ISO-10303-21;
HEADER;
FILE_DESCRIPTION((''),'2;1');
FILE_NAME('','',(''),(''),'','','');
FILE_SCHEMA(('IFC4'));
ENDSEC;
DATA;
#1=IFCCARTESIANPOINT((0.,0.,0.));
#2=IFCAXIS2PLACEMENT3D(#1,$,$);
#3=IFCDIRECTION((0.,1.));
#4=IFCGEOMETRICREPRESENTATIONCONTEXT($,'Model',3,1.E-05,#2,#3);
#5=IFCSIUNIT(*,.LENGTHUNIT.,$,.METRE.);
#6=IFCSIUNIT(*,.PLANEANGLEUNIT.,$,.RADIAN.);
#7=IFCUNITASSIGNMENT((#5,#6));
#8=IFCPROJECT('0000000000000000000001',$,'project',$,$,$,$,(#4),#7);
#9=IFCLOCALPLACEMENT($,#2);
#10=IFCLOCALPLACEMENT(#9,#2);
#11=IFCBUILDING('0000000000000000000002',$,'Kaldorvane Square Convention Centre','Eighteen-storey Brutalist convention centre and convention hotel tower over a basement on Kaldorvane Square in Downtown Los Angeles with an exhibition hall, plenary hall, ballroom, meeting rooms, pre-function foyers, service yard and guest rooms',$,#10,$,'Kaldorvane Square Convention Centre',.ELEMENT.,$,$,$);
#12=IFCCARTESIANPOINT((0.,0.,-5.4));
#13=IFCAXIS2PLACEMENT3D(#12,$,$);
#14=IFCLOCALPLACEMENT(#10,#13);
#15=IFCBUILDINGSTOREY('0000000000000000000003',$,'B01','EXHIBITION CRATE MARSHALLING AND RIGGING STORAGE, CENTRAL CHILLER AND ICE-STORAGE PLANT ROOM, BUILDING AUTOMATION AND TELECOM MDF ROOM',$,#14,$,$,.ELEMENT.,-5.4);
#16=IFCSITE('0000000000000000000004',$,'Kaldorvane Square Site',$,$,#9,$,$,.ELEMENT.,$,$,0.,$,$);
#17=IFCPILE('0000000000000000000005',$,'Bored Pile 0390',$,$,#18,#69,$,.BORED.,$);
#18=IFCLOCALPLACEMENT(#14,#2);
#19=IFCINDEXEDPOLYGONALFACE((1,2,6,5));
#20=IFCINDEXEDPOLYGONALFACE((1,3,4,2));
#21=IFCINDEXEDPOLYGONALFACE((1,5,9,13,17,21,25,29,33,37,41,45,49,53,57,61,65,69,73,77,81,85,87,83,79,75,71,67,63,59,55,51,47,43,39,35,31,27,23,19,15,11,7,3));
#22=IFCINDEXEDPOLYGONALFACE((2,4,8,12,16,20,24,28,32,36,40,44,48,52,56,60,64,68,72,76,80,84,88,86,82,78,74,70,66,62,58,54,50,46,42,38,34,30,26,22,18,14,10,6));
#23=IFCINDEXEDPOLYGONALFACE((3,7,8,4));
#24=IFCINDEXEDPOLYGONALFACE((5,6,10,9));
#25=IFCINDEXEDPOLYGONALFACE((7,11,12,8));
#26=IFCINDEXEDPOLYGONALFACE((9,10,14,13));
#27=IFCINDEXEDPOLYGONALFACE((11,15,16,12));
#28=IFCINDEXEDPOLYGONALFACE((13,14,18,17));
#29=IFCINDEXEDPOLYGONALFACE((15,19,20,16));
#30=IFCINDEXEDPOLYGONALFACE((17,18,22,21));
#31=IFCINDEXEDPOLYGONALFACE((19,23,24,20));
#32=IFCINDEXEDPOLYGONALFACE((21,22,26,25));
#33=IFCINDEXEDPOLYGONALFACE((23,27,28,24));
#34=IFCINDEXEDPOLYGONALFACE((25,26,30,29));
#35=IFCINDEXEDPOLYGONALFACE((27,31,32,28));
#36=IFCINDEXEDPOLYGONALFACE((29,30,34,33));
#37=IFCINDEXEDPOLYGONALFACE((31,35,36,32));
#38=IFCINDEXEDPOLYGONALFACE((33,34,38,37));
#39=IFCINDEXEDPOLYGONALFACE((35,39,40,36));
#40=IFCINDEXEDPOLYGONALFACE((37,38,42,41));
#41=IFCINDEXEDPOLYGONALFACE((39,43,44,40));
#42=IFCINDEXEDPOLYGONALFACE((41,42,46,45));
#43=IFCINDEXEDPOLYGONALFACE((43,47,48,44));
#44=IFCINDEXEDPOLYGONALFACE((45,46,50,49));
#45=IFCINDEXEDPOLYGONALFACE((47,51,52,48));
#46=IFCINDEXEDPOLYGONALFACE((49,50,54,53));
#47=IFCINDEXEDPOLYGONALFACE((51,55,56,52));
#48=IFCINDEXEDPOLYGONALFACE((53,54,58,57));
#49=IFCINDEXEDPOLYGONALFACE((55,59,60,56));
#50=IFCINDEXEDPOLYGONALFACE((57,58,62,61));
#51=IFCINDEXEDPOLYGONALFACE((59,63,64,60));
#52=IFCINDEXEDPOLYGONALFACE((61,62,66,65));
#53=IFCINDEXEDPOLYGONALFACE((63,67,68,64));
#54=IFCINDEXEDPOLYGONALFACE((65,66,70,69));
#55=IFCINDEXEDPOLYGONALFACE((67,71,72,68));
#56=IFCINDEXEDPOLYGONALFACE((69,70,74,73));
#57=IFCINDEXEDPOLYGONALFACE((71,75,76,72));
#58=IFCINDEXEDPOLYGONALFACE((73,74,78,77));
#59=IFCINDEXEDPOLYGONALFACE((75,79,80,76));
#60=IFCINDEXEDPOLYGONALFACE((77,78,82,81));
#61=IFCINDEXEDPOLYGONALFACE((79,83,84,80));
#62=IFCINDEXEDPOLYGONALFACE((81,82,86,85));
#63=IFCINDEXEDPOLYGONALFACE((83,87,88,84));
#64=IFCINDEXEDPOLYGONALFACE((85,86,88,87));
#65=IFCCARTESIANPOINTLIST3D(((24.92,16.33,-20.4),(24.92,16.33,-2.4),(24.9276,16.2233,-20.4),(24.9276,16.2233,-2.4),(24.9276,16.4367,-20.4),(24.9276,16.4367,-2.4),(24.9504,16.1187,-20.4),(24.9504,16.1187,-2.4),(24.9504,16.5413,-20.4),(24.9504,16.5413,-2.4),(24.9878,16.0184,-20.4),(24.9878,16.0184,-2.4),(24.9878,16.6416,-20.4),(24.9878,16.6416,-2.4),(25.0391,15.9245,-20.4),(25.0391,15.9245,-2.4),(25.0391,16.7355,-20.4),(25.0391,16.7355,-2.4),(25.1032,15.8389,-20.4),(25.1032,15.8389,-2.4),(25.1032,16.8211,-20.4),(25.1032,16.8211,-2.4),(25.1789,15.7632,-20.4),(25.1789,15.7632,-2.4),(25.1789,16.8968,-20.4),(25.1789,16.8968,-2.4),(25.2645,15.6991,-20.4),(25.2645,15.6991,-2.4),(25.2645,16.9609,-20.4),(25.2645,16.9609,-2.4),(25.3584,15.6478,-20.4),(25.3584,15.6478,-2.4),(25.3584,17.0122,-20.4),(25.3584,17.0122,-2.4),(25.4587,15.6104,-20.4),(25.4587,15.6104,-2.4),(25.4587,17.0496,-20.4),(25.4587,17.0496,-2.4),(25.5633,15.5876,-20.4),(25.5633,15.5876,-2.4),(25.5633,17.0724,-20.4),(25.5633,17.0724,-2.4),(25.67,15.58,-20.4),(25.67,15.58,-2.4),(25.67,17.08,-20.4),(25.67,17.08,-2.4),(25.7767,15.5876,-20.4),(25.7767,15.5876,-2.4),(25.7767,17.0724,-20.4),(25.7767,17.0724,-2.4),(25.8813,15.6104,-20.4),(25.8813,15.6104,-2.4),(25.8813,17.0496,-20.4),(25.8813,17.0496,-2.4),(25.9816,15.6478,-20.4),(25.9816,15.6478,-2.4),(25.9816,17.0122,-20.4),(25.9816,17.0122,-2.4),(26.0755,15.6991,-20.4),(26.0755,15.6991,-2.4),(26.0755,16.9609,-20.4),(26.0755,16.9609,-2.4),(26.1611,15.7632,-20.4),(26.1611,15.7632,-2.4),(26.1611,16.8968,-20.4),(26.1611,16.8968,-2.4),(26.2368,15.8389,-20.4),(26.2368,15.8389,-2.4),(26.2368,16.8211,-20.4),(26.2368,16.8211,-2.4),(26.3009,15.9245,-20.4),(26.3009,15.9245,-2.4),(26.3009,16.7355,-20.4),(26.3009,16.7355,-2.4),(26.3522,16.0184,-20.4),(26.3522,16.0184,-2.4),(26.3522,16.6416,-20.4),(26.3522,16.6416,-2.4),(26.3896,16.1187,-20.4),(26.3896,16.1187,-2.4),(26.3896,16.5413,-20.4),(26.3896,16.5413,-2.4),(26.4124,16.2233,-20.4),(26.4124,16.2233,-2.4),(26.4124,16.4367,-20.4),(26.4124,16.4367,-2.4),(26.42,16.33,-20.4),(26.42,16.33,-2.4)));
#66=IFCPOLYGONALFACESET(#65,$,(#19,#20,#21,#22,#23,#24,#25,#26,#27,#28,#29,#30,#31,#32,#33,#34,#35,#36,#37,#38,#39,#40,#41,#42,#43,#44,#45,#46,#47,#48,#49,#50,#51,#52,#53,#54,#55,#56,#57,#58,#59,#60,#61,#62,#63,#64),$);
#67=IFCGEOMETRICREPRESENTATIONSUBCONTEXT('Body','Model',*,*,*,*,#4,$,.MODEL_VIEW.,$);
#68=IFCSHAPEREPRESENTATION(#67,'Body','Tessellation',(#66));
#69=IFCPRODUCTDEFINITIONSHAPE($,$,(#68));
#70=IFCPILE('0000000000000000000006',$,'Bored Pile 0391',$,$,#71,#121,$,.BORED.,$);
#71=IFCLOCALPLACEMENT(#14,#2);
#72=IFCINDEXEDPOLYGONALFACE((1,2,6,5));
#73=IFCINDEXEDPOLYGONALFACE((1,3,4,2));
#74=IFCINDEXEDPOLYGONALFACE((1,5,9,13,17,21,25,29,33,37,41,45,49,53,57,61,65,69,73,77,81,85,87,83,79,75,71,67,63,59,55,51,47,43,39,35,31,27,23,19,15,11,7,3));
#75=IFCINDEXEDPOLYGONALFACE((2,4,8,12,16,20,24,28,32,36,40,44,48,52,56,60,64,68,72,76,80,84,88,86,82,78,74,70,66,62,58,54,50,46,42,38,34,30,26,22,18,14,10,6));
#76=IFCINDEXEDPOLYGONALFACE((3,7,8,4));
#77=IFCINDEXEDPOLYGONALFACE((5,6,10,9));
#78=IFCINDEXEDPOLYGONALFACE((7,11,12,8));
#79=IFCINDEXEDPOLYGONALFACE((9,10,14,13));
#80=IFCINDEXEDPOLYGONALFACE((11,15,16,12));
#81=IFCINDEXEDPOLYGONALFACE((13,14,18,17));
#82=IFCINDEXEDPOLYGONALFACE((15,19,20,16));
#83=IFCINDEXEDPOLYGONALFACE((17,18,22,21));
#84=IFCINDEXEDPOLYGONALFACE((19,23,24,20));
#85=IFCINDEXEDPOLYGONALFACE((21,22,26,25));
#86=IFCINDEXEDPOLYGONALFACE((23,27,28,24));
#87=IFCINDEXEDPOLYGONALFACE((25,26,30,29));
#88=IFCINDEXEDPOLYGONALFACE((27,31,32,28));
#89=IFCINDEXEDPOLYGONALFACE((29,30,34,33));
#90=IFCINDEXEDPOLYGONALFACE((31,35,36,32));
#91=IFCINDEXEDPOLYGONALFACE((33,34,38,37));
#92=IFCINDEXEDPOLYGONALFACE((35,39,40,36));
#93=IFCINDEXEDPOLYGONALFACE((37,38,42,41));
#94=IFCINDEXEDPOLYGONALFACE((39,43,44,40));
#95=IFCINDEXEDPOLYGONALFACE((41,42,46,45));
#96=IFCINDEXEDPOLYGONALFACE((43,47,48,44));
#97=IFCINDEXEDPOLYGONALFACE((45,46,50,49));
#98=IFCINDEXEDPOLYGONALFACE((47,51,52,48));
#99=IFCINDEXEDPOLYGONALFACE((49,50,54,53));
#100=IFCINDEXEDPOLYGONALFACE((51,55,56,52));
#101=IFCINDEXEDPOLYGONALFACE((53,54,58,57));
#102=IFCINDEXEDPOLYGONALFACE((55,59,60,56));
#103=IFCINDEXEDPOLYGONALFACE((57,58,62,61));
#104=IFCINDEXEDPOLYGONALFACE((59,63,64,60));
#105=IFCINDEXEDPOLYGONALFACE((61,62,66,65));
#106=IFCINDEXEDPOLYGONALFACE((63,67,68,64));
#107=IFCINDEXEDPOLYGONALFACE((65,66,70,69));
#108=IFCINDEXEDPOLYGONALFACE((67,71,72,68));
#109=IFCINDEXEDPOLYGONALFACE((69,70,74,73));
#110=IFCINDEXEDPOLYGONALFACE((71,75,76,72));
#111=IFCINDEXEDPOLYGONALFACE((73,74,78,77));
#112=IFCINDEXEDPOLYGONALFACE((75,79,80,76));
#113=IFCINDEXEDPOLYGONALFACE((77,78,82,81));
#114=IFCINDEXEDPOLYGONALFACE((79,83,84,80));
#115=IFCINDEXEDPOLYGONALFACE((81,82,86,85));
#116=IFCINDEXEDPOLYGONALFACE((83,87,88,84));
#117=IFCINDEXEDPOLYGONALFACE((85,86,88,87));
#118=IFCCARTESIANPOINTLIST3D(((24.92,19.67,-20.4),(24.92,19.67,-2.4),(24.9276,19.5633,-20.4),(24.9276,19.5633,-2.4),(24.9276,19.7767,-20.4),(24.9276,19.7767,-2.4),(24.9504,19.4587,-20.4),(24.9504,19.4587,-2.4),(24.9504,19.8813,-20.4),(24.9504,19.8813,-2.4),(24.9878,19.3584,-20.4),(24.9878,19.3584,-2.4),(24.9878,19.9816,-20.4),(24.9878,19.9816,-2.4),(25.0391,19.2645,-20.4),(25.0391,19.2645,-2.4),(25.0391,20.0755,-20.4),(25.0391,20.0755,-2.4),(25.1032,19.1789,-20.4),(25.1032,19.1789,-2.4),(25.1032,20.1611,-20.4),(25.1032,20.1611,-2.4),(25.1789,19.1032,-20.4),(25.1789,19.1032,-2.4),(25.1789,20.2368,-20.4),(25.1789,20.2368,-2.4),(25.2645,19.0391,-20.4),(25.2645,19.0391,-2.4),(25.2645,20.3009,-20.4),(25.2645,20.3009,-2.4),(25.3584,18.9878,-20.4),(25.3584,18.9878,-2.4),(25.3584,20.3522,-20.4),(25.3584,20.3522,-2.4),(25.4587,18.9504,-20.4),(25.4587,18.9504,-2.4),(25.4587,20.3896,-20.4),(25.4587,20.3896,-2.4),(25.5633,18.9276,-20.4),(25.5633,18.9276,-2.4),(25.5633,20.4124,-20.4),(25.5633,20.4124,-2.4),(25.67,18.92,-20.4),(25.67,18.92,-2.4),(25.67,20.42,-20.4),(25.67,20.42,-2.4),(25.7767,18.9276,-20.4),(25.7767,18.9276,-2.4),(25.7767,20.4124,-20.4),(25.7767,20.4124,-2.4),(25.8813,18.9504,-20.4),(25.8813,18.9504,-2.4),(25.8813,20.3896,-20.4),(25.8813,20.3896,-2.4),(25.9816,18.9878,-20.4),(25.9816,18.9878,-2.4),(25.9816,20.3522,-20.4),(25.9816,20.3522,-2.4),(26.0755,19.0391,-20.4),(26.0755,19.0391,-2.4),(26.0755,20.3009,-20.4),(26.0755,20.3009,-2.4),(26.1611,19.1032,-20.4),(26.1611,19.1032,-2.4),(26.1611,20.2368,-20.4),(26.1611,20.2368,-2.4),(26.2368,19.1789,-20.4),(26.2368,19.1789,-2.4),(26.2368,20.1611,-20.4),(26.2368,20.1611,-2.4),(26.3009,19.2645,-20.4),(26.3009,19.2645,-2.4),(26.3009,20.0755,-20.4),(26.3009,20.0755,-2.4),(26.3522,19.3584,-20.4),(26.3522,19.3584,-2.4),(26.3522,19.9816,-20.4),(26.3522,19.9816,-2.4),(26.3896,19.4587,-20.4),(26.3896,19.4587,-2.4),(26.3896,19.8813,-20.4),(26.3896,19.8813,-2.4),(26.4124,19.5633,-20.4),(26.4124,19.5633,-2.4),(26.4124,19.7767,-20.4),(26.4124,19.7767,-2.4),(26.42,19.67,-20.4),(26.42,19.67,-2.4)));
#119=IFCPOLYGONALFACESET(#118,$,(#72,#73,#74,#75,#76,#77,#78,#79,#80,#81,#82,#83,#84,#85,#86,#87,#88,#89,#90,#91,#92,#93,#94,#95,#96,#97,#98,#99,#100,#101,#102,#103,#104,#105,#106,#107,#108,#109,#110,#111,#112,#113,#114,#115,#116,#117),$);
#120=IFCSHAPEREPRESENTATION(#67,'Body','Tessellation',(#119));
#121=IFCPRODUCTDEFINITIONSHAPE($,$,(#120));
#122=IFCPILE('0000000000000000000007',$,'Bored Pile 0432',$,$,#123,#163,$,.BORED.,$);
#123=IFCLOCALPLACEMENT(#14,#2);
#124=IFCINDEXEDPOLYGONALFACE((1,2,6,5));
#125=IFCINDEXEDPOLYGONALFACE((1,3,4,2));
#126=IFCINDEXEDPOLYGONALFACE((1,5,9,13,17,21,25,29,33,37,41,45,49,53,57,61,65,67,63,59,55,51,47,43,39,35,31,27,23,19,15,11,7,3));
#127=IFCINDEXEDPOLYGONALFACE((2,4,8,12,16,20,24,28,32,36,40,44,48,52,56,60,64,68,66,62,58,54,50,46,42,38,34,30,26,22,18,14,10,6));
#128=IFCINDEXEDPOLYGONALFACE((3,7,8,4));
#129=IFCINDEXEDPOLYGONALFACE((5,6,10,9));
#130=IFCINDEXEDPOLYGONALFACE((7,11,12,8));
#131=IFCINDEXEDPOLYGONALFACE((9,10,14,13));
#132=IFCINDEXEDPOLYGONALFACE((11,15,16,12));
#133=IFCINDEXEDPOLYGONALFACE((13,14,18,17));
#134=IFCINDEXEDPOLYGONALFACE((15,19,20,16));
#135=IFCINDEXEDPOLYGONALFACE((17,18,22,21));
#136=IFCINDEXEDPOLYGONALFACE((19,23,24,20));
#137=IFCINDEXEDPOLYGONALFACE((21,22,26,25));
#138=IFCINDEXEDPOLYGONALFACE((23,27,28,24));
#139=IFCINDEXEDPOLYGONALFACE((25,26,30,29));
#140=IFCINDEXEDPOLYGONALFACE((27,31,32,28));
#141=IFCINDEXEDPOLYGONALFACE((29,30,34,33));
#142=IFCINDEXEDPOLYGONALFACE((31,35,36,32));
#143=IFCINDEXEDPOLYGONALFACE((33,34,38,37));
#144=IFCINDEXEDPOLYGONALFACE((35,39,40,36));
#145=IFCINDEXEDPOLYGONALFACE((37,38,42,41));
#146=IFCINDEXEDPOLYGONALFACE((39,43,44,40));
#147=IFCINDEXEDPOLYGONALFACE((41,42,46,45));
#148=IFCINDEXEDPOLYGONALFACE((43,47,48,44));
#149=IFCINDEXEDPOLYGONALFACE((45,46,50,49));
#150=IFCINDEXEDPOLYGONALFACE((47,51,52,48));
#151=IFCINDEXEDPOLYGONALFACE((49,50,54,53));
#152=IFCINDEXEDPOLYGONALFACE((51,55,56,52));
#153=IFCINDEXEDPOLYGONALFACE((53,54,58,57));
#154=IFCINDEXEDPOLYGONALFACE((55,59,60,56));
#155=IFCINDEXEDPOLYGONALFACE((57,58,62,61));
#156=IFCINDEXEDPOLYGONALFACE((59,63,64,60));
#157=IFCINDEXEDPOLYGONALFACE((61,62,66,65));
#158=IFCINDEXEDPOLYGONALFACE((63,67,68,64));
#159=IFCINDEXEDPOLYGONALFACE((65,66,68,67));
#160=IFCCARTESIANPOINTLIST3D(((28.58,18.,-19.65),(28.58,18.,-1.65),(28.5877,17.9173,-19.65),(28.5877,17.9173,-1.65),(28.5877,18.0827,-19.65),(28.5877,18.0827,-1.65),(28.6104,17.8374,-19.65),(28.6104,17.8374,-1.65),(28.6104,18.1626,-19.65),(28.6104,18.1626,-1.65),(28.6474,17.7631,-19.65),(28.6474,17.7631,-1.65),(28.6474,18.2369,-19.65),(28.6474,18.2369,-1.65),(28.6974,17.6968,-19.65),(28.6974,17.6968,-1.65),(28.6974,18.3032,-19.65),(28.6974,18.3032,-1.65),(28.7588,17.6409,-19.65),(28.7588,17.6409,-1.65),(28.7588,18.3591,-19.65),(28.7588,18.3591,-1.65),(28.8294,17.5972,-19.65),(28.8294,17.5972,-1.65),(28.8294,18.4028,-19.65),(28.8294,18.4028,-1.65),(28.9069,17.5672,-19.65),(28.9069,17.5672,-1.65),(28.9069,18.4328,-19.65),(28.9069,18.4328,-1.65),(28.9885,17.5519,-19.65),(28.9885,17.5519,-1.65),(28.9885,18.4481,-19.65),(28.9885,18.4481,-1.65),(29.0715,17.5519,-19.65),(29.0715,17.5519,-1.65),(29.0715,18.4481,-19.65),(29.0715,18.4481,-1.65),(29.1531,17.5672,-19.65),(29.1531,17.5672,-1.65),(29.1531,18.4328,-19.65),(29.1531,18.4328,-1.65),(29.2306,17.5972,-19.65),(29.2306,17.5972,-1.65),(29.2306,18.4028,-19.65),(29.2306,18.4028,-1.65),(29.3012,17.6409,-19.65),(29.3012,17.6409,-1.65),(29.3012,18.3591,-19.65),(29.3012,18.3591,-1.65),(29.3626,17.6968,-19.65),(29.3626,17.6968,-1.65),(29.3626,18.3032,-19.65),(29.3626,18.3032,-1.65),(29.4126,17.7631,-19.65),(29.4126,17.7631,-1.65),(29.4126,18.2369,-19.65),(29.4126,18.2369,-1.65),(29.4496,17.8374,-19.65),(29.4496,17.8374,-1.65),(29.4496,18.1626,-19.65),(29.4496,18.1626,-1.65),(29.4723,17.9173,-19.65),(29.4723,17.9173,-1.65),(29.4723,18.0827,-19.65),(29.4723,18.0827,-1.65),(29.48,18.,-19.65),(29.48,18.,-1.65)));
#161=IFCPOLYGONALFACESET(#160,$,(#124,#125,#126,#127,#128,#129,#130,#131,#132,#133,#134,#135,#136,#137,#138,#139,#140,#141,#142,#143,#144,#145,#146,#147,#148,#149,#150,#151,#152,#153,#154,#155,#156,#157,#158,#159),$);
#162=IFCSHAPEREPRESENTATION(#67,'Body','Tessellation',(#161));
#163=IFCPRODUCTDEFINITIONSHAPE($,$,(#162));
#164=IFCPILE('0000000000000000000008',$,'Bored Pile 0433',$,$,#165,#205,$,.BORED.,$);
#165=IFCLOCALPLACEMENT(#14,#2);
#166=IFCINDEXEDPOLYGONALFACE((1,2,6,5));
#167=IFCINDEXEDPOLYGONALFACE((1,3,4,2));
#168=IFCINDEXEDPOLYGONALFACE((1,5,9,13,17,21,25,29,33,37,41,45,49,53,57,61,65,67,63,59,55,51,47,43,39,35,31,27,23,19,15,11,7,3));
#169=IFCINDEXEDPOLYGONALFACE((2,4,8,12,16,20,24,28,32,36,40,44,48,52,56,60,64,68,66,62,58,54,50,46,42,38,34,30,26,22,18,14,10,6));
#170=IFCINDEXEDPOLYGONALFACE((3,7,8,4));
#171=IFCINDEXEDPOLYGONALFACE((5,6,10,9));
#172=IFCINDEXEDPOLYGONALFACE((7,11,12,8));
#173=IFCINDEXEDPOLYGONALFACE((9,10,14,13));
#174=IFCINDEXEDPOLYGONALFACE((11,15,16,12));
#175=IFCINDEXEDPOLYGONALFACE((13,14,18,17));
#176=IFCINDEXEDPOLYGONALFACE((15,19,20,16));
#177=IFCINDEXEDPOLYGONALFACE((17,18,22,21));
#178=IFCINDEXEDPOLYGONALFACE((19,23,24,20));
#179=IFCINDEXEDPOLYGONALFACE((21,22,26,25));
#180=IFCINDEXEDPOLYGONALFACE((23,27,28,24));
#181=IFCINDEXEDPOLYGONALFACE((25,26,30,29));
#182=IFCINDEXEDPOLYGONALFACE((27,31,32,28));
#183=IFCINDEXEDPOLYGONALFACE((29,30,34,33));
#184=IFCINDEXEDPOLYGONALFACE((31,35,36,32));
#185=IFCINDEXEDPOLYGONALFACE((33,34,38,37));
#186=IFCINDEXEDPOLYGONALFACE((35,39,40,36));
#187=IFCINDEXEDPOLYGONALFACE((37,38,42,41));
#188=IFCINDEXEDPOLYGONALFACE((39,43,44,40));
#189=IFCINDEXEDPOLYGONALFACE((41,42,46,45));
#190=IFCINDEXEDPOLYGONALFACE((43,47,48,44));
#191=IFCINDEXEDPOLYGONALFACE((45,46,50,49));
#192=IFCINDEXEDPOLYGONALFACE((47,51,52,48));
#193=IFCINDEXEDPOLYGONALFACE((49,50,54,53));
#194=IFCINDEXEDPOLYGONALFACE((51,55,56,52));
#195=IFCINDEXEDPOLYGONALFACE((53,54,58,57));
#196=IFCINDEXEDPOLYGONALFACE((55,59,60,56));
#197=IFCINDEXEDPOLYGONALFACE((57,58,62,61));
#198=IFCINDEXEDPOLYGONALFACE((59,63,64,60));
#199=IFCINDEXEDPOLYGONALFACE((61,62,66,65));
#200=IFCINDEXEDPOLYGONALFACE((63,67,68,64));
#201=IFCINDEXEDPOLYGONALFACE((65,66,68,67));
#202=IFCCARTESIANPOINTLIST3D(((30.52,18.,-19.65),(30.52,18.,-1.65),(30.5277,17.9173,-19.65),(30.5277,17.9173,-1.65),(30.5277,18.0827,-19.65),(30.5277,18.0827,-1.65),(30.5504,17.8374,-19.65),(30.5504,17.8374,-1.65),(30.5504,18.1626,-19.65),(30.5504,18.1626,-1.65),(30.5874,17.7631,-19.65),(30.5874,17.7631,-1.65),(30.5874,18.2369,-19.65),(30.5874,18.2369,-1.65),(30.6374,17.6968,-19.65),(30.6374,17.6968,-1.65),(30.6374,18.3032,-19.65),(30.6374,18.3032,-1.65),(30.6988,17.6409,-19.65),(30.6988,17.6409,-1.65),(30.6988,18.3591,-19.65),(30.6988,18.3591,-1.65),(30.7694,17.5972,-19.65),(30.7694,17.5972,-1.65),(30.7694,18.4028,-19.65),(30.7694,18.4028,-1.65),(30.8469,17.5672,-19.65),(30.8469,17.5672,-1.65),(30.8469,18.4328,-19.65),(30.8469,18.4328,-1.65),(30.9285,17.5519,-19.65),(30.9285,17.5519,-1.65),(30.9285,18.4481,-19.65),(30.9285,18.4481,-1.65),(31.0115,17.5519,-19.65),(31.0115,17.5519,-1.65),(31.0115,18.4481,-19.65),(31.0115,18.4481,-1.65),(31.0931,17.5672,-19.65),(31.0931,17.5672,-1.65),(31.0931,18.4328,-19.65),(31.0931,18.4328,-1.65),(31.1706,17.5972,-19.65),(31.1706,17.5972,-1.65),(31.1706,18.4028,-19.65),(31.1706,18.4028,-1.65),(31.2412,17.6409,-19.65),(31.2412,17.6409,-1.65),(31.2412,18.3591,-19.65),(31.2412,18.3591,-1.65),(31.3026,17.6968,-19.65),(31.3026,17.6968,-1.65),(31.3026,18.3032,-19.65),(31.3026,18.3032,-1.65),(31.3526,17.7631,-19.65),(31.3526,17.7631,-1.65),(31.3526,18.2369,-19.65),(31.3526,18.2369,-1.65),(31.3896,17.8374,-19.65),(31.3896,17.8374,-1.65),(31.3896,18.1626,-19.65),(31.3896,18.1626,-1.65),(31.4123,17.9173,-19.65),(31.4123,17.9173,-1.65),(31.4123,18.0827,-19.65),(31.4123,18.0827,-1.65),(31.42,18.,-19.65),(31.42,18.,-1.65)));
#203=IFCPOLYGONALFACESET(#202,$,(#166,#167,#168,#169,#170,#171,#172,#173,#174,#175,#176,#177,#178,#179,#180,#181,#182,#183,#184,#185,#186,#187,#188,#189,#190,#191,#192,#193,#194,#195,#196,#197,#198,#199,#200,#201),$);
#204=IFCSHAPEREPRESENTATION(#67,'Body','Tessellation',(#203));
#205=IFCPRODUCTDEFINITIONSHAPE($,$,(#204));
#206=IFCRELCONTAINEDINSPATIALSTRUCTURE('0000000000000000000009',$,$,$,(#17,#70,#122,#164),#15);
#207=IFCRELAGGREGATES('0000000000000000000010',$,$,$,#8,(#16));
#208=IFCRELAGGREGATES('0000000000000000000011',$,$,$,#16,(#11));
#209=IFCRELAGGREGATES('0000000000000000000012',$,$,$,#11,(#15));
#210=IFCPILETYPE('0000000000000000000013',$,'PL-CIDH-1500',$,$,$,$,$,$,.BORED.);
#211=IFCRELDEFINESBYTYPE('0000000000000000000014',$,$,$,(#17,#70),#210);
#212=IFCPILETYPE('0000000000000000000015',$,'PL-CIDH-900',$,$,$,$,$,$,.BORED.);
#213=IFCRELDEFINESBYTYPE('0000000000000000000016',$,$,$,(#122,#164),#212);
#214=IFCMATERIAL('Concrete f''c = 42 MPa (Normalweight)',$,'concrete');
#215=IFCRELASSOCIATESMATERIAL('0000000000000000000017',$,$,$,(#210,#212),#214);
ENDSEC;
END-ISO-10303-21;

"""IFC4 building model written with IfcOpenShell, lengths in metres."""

from ifc_helpers import new_model, si_unit, direction, frame, origin, origin_2d, place, context, subcontext, project, spatial, circle, extrude, material, material_profile, profile_set, type_object, element, save


model = new_model("IFC4")

# Units and contexts
model_context = context("Model", 3, precision=1e-05, world=origin(), true_north=direction((0.0, 1.0)))
body_context = subcontext(model_context, "Body", "Model", "MODEL_VIEW")
ifc_project = project(units=[si_unit("LENGTHUNIT", "METRE"), si_unit("PLANEANGLEUNIT", "RADIAN")], contexts=[model_context])

# Site, building, storey
site_placement = place(None, origin())
site = spatial("IfcSite", under=ifc_project, at=site_placement, Name="Kaldorvane Square Site", CompositionType="ELEMENT", RefElevation=0.0)
building_placement = place(site_placement, origin())
building = spatial("IfcBuilding", under=site, at=building_placement, Name="Kaldorvane Square Convention Centre", Description="Eighteen-storey Brutalist convention centre and convention hotel tower over a basement on Kaldorvane Square in Downtown Los Angeles with an exhibition hall, plenary hall, ballroom, meeting rooms, pre-function foyers, service yard and guest rooms", LongName="Kaldorvane Square Convention Centre", CompositionType="ELEMENT")
storey_placement = place(building_placement, frame((0.0, 0.0, -5.4)))
storey = spatial("IfcBuildingStorey", under=building, at=storey_placement, Name="B01", Description="EXHIBITION CRATE MARSHALLING AND RIGGING STORAGE, CENTRAL CHILLER AND ICE-STORAGE PLANT ROOM, BUILDING AUTOMATION AND TELECOM MDF ROOM", CompositionType="ELEMENT", Elevation=-5.4)

# Shared definitions
ifc_material_1 = material(Name="Concrete f'c = 42 MPa (Normalweight)", Category="concrete")

# Piles
ifc_material_profile_1 = material_profile(ifc_material_1, circle(Radius=0.75, at=origin_2d()), Name="PILE-D1500")
ifc_profile_set_1 = profile_set([ifc_material_profile_1], Name="Concrete f'c = 42 MPa (Normalweight)")
pile_type_1 = type_object("IfcPileType", Name="PL-CIDH-1500", PredefinedType="BORED", material=ifc_profile_set_1)
for number, where, z_axis, x_axis, name in (
    (1, (25.67, 16.33, -2.4), (0.0, 0.0, -1.0), (1.0, 0.0, 0.0), "Bored Pile 0390"),
    (2, (25.67, 19.67, -2.4), (0.0, 0.0, -1.0), (1.0, 0.0, 0.0), "Bored Pile 0391"),
):
    element("IfcPile", number, at=place(storey_placement, frame(where, z_axis=z_axis, x_axis=x_axis)), inside=storey, type_object=pile_type_1, Name=name, PredefinedType="BORED", context=body_context, shape_type="SweptSolid", body=[
        extrude(circle(Radius=0.75, at=origin_2d()), origin(), (0.0, 0.0, 1.0), 18.0),
    ])
ifc_material_profile_2 = material_profile(ifc_material_1, circle(Radius=0.45, at=origin_2d()), Name="PILE-D900")
ifc_profile_set_2 = profile_set([ifc_material_profile_2], Name="Concrete f'c = 42 MPa (Normalweight)")
pile_type_2 = type_object("IfcPileType", Name="PL-CIDH-900", PredefinedType="BORED", material=ifc_profile_set_2)
for number, where, z_axis, x_axis, name in (
    (3, (29.03, 18.0, -1.65), (0.0, 0.0, -1.0), (1.0, 0.0, 0.0), "Bored Pile 0432"),
    (4, (30.97, 18.0, -1.65), (0.0, 0.0, -1.0), (1.0, 0.0, 0.0), "Bored Pile 0433"),
):
    element("IfcPile", number, at=place(storey_placement, frame(where, z_axis=z_axis, x_axis=x_axis)), inside=storey, type_object=pile_type_2, Name=name, PredefinedType="BORED", context=body_context, shape_type="SweptSolid", body=[
        extrude(circle(Radius=0.45, at=origin_2d()), origin(), (0.0, 0.0, 1.0), 18.0),
    ])

save(model, "model.ifc")
